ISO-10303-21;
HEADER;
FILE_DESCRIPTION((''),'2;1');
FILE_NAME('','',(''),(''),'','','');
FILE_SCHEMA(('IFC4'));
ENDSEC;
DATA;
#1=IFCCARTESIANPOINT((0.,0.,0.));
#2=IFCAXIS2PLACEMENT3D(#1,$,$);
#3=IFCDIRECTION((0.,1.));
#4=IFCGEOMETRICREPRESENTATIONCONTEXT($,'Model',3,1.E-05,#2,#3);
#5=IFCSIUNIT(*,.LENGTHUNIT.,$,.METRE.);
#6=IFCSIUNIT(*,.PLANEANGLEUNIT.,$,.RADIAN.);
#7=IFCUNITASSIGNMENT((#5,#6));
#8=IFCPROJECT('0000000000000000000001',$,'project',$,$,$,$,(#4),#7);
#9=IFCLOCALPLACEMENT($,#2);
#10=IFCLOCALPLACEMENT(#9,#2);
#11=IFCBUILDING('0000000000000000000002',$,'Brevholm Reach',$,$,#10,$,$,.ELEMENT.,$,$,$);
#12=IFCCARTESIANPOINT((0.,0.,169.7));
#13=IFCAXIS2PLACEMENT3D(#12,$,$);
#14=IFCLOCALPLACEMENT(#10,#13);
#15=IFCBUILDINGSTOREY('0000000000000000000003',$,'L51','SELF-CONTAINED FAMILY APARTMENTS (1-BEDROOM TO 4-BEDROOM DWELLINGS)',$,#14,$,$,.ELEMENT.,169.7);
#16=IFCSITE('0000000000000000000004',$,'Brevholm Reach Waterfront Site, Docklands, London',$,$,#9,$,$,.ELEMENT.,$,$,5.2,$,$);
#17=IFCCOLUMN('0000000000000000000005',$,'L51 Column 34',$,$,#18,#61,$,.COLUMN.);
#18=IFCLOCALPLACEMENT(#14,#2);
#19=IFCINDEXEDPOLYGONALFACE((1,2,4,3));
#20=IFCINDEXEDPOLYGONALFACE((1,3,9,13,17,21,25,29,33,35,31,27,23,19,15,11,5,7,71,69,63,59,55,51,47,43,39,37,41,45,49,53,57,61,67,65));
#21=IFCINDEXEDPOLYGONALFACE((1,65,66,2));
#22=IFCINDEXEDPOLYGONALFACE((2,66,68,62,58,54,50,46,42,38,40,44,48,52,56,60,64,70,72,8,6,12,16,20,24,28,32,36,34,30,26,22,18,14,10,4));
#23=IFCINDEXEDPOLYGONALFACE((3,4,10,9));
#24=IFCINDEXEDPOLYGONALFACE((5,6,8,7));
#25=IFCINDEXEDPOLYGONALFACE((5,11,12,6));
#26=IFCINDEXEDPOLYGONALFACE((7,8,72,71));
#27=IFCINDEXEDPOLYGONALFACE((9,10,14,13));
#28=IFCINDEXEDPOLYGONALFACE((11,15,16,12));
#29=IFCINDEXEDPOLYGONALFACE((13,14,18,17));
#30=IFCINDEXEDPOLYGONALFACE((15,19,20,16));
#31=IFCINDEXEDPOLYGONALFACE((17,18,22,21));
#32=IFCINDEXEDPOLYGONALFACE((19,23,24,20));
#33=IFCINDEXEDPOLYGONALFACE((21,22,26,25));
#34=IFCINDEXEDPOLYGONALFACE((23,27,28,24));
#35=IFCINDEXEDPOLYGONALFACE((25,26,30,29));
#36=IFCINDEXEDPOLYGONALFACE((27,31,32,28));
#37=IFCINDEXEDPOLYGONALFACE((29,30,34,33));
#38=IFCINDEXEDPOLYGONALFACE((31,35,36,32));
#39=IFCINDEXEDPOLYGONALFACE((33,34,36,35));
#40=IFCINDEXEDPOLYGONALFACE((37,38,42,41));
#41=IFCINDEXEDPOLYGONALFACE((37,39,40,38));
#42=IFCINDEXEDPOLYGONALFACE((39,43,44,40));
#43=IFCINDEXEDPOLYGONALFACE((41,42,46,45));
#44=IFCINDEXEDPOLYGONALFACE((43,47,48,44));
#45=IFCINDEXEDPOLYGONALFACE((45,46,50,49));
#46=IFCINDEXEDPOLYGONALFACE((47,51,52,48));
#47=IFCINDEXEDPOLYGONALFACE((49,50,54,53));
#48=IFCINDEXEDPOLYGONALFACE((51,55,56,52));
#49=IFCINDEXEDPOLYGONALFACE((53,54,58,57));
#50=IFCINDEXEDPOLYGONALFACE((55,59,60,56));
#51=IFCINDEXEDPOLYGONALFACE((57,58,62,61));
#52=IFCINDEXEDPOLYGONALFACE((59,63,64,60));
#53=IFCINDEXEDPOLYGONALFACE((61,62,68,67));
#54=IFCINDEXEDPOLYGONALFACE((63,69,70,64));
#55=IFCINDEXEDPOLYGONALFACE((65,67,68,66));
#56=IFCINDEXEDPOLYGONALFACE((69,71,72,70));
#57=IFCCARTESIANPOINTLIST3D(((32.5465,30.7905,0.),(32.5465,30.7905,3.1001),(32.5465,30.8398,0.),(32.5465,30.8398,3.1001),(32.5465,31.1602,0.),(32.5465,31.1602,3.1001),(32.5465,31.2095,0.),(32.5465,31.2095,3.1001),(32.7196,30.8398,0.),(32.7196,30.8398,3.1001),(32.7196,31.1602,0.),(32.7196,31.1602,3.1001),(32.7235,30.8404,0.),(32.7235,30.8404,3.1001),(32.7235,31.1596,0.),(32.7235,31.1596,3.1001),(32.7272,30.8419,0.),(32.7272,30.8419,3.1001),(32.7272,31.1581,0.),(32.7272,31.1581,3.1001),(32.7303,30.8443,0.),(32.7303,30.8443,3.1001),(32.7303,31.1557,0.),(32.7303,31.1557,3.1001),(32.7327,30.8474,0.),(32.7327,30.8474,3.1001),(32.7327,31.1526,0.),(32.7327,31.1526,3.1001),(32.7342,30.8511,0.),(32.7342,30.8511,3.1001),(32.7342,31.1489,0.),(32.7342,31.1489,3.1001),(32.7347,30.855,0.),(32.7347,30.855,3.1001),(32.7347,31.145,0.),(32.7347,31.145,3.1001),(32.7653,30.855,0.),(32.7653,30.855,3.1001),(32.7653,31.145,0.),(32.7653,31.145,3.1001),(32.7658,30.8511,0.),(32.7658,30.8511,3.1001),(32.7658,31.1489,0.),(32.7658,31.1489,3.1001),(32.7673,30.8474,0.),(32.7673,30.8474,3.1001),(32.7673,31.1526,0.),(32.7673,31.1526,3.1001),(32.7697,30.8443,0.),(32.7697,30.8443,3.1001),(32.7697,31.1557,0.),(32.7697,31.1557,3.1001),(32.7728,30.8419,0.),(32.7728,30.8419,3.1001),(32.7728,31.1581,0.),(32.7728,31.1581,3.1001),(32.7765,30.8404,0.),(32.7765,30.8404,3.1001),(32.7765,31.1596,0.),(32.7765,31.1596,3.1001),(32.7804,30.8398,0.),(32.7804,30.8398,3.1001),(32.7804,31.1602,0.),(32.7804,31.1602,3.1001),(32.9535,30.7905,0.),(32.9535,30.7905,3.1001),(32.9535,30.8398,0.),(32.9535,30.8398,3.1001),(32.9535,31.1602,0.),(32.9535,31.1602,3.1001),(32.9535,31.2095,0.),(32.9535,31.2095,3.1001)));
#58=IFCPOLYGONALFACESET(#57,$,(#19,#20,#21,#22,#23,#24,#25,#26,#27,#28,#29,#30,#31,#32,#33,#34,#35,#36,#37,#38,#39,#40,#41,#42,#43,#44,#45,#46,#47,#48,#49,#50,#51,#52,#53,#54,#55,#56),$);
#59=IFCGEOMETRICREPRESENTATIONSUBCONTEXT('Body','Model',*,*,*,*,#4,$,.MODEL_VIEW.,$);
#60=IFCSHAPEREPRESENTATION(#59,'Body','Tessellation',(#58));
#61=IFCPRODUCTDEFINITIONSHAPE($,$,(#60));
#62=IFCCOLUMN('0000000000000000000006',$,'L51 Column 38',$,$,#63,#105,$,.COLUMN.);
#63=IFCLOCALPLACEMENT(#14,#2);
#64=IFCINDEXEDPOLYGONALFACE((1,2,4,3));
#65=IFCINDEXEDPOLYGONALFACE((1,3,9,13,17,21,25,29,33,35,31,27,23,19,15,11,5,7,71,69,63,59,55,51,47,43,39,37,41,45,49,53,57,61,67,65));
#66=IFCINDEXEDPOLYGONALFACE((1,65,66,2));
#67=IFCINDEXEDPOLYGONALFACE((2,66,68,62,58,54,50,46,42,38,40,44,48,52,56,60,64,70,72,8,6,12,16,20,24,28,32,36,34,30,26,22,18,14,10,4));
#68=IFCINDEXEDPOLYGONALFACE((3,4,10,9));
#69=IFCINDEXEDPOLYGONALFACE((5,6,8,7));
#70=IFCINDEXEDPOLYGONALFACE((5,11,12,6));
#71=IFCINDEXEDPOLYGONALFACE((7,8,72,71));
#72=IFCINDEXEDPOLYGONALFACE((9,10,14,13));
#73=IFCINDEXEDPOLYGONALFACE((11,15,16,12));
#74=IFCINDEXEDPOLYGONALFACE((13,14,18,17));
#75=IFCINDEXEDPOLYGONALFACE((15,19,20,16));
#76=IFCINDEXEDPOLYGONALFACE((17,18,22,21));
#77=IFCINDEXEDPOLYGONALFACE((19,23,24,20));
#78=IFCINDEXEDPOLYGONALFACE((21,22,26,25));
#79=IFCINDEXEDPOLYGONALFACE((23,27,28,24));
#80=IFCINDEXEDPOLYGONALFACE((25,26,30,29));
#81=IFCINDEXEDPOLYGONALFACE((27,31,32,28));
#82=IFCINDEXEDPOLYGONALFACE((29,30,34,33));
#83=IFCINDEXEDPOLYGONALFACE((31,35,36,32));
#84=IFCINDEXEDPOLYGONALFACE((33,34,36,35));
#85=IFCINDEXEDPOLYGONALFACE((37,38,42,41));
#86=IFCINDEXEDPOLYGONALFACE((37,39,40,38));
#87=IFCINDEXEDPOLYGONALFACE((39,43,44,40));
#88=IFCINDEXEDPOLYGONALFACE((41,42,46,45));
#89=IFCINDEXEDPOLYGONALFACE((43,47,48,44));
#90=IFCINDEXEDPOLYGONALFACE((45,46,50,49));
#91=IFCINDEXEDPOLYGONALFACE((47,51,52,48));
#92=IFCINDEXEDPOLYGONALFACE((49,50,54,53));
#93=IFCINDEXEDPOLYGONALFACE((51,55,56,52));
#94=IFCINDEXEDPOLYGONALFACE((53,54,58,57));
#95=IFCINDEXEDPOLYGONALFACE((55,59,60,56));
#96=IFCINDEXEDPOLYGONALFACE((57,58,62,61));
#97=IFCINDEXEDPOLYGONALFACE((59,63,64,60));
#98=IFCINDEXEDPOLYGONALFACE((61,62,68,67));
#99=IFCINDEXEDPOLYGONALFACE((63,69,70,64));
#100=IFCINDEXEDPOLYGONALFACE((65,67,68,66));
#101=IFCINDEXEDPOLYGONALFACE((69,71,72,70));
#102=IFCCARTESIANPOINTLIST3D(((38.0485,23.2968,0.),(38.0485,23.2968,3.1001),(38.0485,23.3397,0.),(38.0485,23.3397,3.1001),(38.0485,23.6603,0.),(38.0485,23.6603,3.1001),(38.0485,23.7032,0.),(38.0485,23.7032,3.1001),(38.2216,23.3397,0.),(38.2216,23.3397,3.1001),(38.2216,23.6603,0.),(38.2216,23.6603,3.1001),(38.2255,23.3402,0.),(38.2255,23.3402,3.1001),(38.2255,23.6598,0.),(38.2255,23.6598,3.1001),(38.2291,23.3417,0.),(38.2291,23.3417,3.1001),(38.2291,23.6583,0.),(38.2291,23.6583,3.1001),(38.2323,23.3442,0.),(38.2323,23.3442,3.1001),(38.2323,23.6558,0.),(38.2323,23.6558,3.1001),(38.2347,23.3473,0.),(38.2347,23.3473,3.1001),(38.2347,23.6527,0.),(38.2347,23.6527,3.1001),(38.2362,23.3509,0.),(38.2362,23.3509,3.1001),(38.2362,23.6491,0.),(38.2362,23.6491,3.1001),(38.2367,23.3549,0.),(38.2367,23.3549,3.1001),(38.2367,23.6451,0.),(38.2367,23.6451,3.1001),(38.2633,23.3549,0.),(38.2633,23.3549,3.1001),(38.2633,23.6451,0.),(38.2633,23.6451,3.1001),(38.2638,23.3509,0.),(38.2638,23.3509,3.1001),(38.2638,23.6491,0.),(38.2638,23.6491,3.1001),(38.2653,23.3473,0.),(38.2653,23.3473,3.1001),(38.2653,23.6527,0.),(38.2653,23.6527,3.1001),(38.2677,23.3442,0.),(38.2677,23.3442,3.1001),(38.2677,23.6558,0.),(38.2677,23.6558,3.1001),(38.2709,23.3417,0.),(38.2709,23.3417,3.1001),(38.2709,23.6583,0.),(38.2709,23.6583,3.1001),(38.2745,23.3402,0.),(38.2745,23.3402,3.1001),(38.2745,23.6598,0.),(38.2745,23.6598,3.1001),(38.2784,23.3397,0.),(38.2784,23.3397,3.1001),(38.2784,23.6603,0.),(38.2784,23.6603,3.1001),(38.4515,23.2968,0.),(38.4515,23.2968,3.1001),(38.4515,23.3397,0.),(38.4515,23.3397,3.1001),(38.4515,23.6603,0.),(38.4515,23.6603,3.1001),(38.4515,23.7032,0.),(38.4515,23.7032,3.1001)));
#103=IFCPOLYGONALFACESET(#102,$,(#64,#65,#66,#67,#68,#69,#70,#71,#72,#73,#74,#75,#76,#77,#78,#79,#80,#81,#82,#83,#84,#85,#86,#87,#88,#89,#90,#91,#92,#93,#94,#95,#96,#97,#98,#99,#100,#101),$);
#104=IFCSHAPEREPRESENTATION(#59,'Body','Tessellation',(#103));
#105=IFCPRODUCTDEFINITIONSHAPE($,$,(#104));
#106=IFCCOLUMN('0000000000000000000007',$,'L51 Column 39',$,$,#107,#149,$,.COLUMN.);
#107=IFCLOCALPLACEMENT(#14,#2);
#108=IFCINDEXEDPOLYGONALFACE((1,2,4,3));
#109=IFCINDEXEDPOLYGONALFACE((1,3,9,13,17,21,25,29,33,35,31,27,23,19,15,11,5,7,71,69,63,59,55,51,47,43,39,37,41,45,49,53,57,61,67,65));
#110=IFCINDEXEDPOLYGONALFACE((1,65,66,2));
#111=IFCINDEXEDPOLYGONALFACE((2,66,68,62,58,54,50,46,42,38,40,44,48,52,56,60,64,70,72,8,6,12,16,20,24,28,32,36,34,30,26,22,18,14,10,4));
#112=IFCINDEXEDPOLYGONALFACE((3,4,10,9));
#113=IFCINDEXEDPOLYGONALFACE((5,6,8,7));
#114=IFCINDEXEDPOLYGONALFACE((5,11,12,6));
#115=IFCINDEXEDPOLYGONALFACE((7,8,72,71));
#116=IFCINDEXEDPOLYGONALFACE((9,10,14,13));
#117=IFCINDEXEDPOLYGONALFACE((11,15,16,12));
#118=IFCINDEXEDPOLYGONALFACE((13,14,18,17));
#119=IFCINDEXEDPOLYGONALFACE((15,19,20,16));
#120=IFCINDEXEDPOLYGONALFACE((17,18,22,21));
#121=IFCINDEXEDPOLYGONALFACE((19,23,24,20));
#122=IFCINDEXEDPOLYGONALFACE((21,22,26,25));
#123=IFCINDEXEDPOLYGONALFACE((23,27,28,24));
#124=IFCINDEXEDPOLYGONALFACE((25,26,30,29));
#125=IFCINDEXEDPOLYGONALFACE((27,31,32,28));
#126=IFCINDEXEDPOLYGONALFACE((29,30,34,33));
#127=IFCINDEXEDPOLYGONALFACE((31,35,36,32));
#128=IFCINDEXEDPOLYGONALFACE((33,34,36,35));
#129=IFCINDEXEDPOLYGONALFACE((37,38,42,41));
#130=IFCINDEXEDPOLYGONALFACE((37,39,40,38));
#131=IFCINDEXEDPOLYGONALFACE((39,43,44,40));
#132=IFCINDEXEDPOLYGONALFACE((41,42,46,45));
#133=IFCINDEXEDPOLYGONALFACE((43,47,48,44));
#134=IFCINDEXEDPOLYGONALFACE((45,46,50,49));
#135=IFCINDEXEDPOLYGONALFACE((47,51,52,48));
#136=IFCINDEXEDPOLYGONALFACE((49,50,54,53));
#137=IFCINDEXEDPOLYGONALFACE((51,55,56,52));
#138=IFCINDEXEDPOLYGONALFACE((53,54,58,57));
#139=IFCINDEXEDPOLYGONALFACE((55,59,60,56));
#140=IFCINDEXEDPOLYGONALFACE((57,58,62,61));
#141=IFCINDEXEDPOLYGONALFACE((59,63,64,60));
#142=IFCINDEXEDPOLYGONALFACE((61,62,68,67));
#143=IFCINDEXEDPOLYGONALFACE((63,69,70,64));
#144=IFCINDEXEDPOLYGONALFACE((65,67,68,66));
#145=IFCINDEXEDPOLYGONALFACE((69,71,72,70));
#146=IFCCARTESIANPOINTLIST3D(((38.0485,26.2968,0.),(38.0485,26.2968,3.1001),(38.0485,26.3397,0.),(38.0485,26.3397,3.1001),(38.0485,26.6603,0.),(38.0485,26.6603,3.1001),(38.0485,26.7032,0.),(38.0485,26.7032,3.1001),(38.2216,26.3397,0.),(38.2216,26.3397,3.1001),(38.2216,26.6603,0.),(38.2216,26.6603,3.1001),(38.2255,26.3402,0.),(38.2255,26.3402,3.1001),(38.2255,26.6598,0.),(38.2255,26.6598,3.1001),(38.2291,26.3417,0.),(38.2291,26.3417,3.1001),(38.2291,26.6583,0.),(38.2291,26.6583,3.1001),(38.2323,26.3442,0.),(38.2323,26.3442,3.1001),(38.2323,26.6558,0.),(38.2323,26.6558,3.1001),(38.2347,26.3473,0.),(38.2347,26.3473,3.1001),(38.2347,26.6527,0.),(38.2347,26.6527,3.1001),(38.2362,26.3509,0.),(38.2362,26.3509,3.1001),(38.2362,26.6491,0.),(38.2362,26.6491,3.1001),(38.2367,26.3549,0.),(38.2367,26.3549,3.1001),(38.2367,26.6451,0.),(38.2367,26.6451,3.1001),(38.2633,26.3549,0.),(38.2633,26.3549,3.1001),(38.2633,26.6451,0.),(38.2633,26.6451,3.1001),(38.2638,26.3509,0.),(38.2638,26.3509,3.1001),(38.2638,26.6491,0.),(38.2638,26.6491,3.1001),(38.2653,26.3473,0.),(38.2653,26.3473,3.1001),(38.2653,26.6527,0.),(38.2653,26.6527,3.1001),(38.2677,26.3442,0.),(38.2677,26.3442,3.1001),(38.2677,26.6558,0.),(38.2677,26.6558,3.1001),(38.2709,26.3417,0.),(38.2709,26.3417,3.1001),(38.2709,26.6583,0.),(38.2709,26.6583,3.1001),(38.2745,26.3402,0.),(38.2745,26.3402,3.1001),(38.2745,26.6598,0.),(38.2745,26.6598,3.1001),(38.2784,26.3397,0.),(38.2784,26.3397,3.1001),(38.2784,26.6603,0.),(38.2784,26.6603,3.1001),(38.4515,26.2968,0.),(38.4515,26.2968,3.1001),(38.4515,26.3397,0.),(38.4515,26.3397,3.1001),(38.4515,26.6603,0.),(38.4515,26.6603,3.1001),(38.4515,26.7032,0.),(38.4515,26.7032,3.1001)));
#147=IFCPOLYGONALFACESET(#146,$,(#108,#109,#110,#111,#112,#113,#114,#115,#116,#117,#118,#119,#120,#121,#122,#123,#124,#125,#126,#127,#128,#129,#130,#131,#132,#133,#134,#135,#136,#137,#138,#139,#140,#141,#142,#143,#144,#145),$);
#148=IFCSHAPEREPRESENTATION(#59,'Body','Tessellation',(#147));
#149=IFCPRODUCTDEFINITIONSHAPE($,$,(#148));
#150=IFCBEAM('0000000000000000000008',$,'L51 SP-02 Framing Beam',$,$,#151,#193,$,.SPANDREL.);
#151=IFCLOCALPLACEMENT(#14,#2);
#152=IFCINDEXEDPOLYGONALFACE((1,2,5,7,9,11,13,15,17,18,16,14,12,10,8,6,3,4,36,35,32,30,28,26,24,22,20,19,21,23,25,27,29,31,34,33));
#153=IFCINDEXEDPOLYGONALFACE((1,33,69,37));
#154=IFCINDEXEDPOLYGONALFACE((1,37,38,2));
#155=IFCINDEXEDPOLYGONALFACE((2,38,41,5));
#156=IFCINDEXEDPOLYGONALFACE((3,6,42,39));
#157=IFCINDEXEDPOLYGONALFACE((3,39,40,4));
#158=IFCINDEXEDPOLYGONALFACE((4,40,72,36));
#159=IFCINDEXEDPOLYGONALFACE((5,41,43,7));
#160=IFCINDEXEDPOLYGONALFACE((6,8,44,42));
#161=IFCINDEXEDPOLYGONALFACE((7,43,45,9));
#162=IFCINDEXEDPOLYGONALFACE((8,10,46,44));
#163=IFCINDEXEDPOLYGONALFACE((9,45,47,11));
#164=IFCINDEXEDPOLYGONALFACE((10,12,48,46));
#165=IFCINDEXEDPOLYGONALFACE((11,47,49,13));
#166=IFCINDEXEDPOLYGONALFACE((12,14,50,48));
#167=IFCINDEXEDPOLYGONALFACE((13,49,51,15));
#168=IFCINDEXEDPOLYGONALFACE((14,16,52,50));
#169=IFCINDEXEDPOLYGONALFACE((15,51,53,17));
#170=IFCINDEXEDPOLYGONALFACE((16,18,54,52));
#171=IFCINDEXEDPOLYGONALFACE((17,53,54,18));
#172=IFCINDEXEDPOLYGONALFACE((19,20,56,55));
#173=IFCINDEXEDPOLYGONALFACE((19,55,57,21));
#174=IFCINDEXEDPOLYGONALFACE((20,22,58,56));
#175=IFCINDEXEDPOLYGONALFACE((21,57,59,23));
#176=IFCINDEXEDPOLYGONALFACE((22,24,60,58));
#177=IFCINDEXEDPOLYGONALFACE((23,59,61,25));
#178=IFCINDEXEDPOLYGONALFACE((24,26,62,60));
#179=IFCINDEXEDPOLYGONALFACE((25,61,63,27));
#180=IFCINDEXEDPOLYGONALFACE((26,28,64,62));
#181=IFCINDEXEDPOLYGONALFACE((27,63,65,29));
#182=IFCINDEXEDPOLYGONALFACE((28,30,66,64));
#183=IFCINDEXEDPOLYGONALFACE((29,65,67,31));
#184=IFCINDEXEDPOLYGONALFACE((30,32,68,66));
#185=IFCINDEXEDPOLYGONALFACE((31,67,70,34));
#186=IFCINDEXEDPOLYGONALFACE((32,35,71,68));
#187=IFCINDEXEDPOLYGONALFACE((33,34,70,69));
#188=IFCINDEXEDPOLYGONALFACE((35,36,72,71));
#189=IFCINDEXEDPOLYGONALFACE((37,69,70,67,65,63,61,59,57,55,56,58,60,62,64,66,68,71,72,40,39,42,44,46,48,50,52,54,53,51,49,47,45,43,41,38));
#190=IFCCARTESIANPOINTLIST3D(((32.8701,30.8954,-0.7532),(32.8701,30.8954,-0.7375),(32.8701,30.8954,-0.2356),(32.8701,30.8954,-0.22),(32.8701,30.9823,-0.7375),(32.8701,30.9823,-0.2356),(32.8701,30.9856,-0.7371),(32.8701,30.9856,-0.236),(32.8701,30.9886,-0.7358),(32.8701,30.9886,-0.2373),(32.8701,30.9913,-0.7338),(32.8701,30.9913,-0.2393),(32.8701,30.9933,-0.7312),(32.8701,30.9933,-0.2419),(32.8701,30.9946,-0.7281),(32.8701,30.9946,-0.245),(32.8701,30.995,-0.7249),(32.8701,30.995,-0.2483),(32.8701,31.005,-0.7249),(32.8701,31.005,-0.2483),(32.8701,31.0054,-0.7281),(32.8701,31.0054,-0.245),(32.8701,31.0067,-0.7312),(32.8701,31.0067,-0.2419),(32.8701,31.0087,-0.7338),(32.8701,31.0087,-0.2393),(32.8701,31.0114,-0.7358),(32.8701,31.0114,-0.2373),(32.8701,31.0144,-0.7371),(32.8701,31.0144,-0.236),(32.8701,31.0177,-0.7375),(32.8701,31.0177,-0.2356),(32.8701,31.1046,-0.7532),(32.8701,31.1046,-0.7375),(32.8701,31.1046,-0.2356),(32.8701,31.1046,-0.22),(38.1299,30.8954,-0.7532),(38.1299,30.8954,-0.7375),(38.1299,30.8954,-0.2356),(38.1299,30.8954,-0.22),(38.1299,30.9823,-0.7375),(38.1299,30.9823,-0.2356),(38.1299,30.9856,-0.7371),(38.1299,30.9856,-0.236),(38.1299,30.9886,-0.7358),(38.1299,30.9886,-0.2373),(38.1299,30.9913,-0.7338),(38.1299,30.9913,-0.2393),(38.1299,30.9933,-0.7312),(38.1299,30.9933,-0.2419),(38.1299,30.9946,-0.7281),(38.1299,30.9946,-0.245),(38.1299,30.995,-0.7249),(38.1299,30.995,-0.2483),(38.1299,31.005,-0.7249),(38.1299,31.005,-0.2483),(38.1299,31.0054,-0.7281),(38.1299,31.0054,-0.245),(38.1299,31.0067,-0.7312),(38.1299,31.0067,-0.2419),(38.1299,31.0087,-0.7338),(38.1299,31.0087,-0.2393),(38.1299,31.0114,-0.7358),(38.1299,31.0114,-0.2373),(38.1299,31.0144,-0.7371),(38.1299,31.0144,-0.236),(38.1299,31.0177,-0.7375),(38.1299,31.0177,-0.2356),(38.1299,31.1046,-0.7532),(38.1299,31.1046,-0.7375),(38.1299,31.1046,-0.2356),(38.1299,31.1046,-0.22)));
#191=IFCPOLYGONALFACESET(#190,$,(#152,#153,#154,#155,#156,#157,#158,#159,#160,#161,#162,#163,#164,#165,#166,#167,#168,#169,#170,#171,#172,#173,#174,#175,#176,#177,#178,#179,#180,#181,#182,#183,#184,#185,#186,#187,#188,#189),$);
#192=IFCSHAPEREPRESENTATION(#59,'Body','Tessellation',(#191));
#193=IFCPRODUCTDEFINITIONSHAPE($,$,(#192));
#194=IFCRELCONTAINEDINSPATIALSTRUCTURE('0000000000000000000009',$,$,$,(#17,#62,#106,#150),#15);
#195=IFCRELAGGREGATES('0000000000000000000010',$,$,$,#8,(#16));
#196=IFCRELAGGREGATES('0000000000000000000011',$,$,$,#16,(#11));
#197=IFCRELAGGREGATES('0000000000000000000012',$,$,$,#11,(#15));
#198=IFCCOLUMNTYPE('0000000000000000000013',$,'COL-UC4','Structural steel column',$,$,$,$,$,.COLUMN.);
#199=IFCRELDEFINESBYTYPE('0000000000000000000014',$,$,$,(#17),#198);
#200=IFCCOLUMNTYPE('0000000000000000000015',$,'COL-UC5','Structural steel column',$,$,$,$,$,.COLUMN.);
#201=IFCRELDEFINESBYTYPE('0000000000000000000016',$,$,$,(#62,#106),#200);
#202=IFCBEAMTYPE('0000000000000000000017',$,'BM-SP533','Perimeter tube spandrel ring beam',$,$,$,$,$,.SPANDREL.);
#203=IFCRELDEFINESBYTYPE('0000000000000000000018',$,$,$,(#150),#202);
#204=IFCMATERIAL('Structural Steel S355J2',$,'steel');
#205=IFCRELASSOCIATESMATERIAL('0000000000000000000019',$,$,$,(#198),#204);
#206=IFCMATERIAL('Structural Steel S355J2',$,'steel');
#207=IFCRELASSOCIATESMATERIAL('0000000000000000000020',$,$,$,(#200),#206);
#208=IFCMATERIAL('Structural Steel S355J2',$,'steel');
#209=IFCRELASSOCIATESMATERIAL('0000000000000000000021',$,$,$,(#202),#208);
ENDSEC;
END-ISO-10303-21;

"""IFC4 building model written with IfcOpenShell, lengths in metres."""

from ifc_helpers import new_model, si_unit, direction, frame, origin, origin_2d, place, context, subcontext, project, spatial, i_section, extrude, material, material_profile, profile_set, type_object, element, save


model = new_model("IFC4")

# Units and contexts
model_context = context("Model", 3, precision=1e-05, world=origin(), true_north=direction((0.0, 1.0)))
body_context = subcontext(model_context, "Body", "Model", "MODEL_VIEW")
ifc_project = project(units=[si_unit("LENGTHUNIT", "METRE"), si_unit("PLANEANGLEUNIT", "RADIAN")], contexts=[model_context])

# Site, building, storey
site_placement = place(None, origin())
site = spatial("IfcSite", under=ifc_project, at=site_placement, Name="Brevholm Reach Waterfront Site, Docklands, London", CompositionType="ELEMENT", RefElevation=5.2)
building_placement = place(site_placement, origin())
building = spatial("IfcBuilding", under=site, at=building_placement, Name="Brevholm Reach", CompositionType="ELEMENT")
storey_placement = place(building_placement, frame((0.0, 0.0, 169.7)))
storey = spatial("IfcBuildingStorey", under=building, at=storey_placement, Name="L51", Description="SELF-CONTAINED FAMILY APARTMENTS (1-BEDROOM TO 4-BEDROOM DWELLINGS)", CompositionType="ELEMENT", Elevation=169.7)

# Columns
ifc_material_1 = material(Name="Structural Steel S355J2", Category="steel")
ifc_material_profile_1 = material_profile(ifc_material_1, i_section(OverallWidth=0.407, OverallDepth=0.4189, WebThickness=0.0305, FlangeThickness=0.0493, FilletRadius=0.0151, at=origin_2d()), Name="UKC 356x406x393")
ifc_profile_set_1 = profile_set([ifc_material_profile_1], Name="Structural Steel S355J2")
column_type_1 = type_object("IfcColumnType", Name="COL-UC4", Description="Structural steel column", PredefinedType="COLUMN", material=ifc_profile_set_1)
column_placement = place(storey_placement, frame((32.75, 31.0, 0.0), z_axis=(0.0, 0.0, 1.0), x_axis=(1.0, 0.0, 0.0)))
element("IfcColumn", 1, at=column_placement, inside=storey, type_object=column_type_1, Name="L51 Column 34", PredefinedType="COLUMN", context=body_context, shape_type="SweptSolid", body=[
    extrude(i_section(OverallWidth=0.407, OverallDepth=0.4189, WebThickness=0.0305, FlangeThickness=0.0493, FilletRadius=0.0151, at=origin_2d()), origin(), (0.0, 0.0, 1.0), 3.1001),
])
ifc_material_2 = material(Name="Structural Steel S355J2", Category="steel")
ifc_material_profile_2 = material_profile(ifc_material_2, i_section(OverallWidth=0.4031, OverallDepth=0.4065, WebThickness=0.0266, FlangeThickness=0.043, FilletRadius=0.0151, at=origin_2d()), Name="UKC 356x406x340")
ifc_profile_set_2 = profile_set([ifc_material_profile_2], Name="Structural Steel S355J2")
column_type_2 = type_object("IfcColumnType", Name="COL-UC5", Description="Structural steel column", PredefinedType="COLUMN", material=ifc_profile_set_2)
for number, where, z_axis, x_axis, name in (
    (2, (38.25, 23.5, 0.0), (0.0, 0.0, 1.0), (1.0, 0.0, 0.0), "L51 Column 38"),
    (3, (38.25, 26.5, 0.0), (0.0, 0.0, 1.0), (1.0, 0.0, 0.0), "L51 Column 39"),
):
    element("IfcColumn", number, at=place(storey_placement, frame(where, z_axis=z_axis, x_axis=x_axis)), inside=storey, type_object=column_type_2, Name=name, PredefinedType="COLUMN", context=body_context, shape_type="SweptSolid", body=[
        extrude(i_section(OverallWidth=0.4031, OverallDepth=0.4065, WebThickness=0.0266, FlangeThickness=0.043, FilletRadius=0.0151, at=origin_2d()), origin(), (0.0, 0.0, 1.0), 3.1001),
    ])

# Beam
ifc_material_3 = material(Name="Structural Steel S355J2", Category="steel")
ifc_material_profile_3 = material_profile(ifc_material_3, i_section(OverallWidth=0.2092, OverallDepth=0.5332, WebThickness=0.01, FlangeThickness=0.0156, FilletRadius=0.0127, at=origin_2d()), Name="UKB 533x210x92")
ifc_profile_set_3 = profile_set([ifc_material_profile_3], Name="Structural Steel S355J2")
beam_type_1 = type_object("IfcBeamType", Name="BM-SP533", Description="Perimeter tube spandrel ring beam", PredefinedType="SPANDREL", material=ifc_profile_set_3)
beam_1_placement = place(storey_placement, frame((32.8701, 31.0, -0.4866), z_axis=(1.0, 0.0, 0.0), x_axis=(0.0, 1.0, 0.0)))
element("IfcBeam", 4, at=beam_1_placement, inside=storey, type_object=beam_type_1, Name="L51 SP-02 Framing Beam", PredefinedType="SPANDREL", context=body_context, shape_type="SweptSolid", body=[
    extrude(i_section(OverallWidth=0.2092, OverallDepth=0.5332, WebThickness=0.01, FlangeThickness=0.0156, FilletRadius=0.0127, at=origin_2d()), origin(), (0.0, 0.0, 1.0), 5.2598),
])

save(model, "model.ifc")
